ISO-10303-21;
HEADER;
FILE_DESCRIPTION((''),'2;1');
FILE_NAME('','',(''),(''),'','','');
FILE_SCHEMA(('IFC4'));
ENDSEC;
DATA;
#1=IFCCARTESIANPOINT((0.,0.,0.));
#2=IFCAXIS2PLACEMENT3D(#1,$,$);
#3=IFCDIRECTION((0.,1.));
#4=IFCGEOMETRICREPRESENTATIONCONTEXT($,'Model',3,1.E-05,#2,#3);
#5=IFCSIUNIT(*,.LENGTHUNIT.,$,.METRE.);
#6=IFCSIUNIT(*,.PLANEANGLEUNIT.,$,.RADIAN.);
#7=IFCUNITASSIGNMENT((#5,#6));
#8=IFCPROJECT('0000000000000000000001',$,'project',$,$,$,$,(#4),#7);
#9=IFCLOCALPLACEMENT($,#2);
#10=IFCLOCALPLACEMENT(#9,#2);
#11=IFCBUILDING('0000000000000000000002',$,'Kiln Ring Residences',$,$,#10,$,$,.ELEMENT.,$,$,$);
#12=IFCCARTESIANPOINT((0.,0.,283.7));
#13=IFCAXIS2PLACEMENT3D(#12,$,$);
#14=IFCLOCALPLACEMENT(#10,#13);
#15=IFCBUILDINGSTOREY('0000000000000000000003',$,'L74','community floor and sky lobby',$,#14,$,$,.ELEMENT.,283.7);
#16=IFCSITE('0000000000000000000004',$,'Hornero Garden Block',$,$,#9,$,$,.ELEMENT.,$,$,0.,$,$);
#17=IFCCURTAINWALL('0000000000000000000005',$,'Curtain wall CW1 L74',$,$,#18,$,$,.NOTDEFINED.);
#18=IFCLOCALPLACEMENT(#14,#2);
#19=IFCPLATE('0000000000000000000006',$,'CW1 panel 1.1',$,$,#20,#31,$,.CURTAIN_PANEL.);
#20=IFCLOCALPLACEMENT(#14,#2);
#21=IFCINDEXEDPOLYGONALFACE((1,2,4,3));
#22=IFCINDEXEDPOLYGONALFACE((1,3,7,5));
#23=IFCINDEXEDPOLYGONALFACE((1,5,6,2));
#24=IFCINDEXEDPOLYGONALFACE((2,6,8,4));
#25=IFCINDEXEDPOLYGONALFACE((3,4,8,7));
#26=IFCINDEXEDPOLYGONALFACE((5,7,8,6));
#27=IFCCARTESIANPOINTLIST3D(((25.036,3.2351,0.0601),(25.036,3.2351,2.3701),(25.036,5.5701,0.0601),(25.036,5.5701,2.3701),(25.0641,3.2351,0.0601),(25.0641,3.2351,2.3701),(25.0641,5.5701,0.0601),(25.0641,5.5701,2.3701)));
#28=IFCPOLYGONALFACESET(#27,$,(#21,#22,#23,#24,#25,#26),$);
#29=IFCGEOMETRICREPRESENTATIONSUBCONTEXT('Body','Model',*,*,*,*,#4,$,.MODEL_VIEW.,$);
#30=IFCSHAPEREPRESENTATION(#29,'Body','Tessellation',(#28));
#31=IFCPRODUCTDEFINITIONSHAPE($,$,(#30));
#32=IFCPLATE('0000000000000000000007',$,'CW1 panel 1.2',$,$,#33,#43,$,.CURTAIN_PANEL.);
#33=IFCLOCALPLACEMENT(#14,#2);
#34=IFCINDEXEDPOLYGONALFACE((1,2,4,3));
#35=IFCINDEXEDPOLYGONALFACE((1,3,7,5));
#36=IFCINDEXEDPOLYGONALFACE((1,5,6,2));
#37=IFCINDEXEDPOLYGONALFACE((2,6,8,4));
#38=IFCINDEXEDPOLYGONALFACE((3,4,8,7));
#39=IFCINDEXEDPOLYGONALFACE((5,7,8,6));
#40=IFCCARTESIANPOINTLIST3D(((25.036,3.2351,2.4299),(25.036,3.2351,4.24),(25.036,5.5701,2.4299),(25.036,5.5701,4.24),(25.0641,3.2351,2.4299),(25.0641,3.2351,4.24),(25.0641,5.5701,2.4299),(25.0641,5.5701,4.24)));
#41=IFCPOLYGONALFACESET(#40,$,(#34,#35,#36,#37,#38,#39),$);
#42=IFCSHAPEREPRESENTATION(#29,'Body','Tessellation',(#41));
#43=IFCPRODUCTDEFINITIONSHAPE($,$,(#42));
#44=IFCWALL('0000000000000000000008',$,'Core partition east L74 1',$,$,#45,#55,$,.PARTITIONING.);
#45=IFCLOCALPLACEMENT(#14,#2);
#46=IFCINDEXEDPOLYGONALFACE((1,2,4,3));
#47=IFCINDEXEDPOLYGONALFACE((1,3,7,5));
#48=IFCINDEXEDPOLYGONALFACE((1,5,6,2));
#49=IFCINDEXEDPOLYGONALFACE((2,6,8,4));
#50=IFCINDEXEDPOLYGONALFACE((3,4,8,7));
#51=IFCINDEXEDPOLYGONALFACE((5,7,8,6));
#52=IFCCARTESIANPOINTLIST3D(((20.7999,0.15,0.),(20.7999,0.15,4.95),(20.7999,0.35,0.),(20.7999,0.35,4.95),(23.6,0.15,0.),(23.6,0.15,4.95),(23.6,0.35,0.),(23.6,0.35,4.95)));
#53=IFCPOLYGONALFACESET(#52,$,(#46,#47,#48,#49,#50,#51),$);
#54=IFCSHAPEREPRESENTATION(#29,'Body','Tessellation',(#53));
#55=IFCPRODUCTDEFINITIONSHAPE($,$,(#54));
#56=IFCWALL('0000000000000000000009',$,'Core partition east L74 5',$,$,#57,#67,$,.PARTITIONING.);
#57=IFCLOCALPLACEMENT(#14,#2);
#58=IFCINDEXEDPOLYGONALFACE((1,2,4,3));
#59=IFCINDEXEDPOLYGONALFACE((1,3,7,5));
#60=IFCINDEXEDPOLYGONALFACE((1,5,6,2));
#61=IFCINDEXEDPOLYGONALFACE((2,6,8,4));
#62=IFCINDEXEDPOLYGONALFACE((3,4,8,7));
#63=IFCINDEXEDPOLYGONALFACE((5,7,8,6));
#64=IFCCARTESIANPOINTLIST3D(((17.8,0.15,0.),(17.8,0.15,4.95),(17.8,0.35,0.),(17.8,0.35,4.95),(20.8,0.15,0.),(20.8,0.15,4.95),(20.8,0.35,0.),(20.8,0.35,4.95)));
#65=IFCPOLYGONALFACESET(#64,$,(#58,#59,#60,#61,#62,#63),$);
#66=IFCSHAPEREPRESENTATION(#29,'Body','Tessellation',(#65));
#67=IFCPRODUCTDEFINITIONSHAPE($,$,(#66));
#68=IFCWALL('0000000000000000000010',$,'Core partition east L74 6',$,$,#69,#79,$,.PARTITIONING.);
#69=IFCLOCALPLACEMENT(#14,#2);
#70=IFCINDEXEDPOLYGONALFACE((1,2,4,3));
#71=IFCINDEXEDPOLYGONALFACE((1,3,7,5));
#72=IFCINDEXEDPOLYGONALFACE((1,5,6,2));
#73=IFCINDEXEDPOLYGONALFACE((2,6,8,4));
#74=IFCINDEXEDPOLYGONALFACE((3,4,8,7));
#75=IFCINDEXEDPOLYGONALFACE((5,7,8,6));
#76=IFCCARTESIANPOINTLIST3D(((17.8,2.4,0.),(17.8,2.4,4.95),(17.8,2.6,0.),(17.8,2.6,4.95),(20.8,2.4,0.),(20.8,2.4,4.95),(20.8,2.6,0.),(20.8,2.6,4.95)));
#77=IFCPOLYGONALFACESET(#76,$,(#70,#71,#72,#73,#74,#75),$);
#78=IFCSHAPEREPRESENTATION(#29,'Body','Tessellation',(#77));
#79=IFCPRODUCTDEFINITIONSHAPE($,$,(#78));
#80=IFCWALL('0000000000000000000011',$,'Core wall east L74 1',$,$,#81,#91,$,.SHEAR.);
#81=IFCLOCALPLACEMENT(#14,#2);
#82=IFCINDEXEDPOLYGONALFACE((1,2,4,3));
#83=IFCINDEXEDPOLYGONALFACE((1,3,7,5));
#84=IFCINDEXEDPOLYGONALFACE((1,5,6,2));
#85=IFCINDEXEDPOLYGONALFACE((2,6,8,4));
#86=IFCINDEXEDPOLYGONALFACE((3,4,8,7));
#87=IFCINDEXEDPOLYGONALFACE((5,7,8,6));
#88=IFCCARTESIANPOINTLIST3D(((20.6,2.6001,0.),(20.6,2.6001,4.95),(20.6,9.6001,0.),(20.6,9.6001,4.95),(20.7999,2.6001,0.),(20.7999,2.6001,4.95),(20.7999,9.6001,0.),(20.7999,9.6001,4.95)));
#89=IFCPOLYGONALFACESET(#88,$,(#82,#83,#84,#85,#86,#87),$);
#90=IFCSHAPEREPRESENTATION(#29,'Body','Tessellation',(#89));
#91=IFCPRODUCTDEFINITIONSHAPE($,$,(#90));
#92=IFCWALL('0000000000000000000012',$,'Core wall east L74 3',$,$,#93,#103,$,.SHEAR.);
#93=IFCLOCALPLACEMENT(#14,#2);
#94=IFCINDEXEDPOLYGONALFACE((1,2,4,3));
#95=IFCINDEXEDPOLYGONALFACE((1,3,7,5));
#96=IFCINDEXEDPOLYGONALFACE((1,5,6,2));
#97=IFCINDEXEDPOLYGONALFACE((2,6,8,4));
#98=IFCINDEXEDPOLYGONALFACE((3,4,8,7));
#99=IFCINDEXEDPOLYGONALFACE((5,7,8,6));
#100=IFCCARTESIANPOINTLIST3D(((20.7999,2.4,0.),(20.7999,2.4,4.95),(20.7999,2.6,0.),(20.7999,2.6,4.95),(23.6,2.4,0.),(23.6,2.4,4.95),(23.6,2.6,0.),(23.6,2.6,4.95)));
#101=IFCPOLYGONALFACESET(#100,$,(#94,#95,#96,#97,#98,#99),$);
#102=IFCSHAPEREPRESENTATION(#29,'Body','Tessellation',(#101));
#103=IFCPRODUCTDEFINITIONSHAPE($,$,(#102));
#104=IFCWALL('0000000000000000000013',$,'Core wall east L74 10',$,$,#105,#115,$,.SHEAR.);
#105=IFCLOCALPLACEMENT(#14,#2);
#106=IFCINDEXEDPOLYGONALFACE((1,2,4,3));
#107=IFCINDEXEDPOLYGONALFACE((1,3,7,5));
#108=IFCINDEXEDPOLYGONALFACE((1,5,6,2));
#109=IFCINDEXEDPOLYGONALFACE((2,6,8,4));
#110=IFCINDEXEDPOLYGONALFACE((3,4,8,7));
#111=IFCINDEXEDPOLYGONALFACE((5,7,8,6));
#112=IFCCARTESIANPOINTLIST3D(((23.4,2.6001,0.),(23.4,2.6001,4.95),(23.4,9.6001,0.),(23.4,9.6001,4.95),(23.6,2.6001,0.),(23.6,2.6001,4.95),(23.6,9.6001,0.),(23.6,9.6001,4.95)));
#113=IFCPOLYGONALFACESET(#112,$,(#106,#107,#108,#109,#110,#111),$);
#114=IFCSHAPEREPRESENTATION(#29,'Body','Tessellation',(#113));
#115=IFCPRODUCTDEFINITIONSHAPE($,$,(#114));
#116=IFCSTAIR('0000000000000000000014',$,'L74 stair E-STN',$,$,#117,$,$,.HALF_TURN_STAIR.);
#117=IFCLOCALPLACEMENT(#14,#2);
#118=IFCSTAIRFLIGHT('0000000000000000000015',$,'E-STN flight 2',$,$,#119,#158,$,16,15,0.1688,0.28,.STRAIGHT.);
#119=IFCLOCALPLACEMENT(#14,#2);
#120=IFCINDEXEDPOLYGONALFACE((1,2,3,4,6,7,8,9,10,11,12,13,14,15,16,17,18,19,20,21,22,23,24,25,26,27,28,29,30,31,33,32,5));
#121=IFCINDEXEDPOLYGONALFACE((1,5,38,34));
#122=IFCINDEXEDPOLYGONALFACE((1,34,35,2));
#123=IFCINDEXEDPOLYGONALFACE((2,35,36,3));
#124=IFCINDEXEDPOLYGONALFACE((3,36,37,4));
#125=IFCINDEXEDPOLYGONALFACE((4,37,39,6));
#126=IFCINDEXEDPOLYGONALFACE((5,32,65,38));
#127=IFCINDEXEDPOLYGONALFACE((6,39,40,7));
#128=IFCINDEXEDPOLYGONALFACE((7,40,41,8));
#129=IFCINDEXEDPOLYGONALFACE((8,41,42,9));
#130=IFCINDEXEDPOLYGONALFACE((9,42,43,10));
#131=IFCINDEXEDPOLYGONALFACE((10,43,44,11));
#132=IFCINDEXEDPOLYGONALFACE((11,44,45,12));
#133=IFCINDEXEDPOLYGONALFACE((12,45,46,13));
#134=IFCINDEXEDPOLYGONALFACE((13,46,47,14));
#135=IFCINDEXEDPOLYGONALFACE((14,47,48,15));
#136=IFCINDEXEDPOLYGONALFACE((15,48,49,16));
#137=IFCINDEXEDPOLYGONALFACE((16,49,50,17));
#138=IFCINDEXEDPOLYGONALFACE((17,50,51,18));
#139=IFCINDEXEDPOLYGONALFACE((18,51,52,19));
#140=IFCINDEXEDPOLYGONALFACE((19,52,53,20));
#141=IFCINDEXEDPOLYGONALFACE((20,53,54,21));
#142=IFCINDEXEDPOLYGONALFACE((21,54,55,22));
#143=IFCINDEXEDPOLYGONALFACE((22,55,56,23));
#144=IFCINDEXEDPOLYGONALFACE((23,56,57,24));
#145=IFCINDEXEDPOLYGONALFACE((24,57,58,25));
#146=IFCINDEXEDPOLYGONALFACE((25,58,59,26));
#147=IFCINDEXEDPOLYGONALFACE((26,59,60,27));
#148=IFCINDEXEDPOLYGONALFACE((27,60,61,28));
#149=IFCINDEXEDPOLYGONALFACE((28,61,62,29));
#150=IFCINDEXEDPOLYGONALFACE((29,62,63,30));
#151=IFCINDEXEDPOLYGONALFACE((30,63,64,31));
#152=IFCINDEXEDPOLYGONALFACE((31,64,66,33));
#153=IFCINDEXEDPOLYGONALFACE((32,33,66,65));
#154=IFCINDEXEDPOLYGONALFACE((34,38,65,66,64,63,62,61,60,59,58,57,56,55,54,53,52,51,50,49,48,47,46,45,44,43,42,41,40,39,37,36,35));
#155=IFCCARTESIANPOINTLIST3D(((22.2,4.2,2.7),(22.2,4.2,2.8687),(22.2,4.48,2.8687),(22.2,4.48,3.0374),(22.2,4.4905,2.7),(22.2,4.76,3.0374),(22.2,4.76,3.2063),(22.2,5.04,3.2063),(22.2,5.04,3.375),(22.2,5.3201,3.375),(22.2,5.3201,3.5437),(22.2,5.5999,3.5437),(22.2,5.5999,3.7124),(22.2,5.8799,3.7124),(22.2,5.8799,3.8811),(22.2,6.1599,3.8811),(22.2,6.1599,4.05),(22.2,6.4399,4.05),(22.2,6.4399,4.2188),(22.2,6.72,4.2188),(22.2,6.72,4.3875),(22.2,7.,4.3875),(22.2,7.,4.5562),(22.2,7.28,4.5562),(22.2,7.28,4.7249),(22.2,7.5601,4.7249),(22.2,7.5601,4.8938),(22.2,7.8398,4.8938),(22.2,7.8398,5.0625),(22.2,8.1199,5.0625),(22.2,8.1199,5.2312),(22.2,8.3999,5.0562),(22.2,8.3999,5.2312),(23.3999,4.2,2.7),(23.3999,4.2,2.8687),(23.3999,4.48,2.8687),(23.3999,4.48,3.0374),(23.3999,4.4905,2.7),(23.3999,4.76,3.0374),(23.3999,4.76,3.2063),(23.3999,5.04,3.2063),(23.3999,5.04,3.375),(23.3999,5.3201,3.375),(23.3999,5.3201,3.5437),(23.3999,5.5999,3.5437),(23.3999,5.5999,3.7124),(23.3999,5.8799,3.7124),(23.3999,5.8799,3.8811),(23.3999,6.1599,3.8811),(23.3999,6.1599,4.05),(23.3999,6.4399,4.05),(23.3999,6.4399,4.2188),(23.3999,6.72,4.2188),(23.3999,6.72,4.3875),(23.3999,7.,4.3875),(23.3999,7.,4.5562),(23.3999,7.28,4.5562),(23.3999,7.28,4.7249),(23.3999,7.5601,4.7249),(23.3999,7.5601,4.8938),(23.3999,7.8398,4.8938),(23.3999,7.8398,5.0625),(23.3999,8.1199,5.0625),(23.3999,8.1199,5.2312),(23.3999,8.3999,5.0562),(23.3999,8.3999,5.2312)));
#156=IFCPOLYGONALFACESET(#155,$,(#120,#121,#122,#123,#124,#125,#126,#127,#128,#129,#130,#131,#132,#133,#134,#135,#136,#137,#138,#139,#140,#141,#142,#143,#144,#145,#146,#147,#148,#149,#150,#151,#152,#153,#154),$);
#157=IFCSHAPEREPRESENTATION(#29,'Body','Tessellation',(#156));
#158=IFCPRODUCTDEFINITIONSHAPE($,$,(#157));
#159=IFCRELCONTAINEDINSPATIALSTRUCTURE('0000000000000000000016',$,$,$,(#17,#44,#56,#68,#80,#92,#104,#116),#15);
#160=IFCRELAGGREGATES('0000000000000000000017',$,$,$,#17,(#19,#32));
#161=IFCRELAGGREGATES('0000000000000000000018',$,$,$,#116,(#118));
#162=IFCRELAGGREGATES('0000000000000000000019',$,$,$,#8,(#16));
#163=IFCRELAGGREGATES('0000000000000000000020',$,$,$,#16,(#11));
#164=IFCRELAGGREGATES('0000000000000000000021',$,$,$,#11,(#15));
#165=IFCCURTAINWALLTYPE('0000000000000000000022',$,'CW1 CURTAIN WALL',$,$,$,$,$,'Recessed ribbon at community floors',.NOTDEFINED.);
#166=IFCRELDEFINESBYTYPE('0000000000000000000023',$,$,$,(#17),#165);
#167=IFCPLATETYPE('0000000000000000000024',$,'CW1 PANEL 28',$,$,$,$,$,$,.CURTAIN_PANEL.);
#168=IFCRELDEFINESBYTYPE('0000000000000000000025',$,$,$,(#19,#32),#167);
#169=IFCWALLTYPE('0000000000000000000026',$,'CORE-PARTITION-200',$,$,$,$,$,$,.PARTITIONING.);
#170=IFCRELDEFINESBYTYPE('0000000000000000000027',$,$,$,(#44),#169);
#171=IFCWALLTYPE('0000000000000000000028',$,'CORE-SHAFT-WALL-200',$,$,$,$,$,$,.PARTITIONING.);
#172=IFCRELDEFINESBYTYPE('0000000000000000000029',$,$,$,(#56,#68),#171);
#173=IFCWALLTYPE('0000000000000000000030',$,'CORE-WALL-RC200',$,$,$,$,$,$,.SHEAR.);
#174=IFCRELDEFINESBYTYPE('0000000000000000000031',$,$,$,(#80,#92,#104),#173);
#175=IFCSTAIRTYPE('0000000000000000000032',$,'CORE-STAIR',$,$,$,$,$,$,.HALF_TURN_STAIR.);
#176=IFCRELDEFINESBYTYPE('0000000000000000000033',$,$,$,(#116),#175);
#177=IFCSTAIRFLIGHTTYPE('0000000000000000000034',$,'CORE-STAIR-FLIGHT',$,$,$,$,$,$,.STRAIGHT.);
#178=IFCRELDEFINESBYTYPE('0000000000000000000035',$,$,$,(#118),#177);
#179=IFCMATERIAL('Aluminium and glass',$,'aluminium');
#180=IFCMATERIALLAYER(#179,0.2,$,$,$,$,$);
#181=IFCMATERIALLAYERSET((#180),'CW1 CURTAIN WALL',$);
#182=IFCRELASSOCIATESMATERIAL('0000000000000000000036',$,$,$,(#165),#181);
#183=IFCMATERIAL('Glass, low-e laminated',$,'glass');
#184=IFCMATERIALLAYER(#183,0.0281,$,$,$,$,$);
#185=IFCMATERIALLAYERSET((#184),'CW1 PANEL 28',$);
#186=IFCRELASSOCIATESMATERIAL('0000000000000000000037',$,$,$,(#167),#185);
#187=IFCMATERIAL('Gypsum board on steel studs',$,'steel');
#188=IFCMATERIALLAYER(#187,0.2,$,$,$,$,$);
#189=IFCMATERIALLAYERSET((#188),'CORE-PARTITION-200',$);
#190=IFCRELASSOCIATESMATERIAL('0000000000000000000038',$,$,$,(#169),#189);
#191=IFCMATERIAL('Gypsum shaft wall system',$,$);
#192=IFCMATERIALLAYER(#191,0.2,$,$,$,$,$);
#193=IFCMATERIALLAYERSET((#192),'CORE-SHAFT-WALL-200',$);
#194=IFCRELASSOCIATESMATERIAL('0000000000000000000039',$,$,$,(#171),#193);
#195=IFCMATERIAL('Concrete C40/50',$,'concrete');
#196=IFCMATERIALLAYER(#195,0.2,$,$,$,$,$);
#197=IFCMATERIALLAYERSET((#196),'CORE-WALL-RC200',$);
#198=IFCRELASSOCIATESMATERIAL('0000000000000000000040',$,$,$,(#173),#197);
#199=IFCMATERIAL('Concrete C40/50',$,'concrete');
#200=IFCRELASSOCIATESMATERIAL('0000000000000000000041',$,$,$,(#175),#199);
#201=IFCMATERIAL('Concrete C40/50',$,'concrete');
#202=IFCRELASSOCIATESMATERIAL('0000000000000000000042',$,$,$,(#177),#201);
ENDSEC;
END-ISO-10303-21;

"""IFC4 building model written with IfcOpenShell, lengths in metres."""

from ifc_helpers import new_model, si_unit, direction, frame, frame_2d, origin, origin_2d, place, context, subcontext, project, spatial, polyline, rectangle, outline, extrude, material, layer, layer_set, type_object, element, aggregate, save


model = new_model("IFC4")

# Units and contexts
model_context = context("Model", 3, precision=1e-05, world=origin(), true_north=direction((0.0, 1.0)))
body_context = subcontext(model_context, "Body", "Model", "MODEL_VIEW")
ifc_project = project(units=[si_unit("LENGTHUNIT", "METRE"), si_unit("PLANEANGLEUNIT", "RADIAN")], contexts=[model_context])

# Site, building, storey
site_placement = place(None, origin())
site = spatial("IfcSite", under=ifc_project, at=site_placement, Name="Hornero Garden Block", CompositionType="ELEMENT", RefElevation=0.0)
building_placement = place(site_placement, origin())
building = spatial("IfcBuilding", under=site, at=building_placement, Name="Kiln Ring Residences", CompositionType="ELEMENT")
storey_placement = place(building_placement, frame((0.0, 0.0, 283.7)))
storey = spatial("IfcBuildingStorey", under=building, at=storey_placement, Name="L74", Description="community floor and sky lobby", CompositionType="ELEMENT", Elevation=283.7)

# Curtain wall
ifc_material_1 = material(Name="Aluminium and glass", Category="aluminium")
ifc_layer_1 = layer(ifc_material_1, 0.2)
ifc_layer_set_1 = layer_set([ifc_layer_1], Name="CW1 CURTAIN WALL")
curtain_wall_type = type_object("IfcCurtainWallType", Name="CW1 CURTAIN WALL", ElementType="Recessed ribbon at community floors", PredefinedType="NOTDEFINED", material=ifc_layer_set_1)
placement = place(storey_placement, origin())
curtain_wall_1 = element("IfcCurtainWall", 1, at=placement, inside=storey, type_object=curtain_wall_type, Name="Curtain wall CW1 L74", PredefinedType="NOTDEFINED")

# Plates
ifc_material_2 = material(Name="Glass, low-e laminated", Category="glass")
ifc_layer_2 = layer(ifc_material_2, 0.0281)
ifc_layer_set_2 = layer_set([ifc_layer_2], Name="CW1 PANEL 28")
plate_type = type_object("IfcPlateType", Name="CW1 PANEL 28", PredefinedType="CURTAIN_PANEL", material=ifc_layer_set_2)
plate_1_placement = place(storey_placement, frame((25.05, 4.4026, 0.0601), z_axis=(0.0, 0.0, 1.0), x_axis=(0.0, 1.0, 0.0)))
plate_1 = element("IfcPlate", 2, at=plate_1_placement, type_object=plate_type, Name="CW1 panel 1.1", PredefinedType="CURTAIN_PANEL", context=body_context, shape_type="SweptSolid", body=[
    extrude(rectangle(XDim=2.335, YDim=0.0281, at=origin_2d()), origin(), (0.0, 0.0, 1.0), 2.3101),
])
plate_2_placement = place(storey_placement, frame((25.05, 4.4026, 2.4299), z_axis=(0.0, 0.0, 1.0), x_axis=(0.0, 1.0, 0.0)))
plate_2 = element("IfcPlate", 3, at=plate_2_placement, type_object=plate_type, Name="CW1 panel 1.2", PredefinedType="CURTAIN_PANEL", context=body_context, shape_type="SweptSolid", body=[
    extrude(rectangle(XDim=2.335, YDim=0.0281, at=origin_2d()), origin(), (0.0, 0.0, 1.0), 1.8101),
])
aggregate(curtain_wall_1, [plate_1, plate_2])

# Walls
ifc_material_3 = material(Name="Gypsum board on steel studs", Category="steel")
ifc_layer_3 = layer(ifc_material_3, 0.2)
ifc_layer_set_3 = layer_set([ifc_layer_3], Name="CORE-PARTITION-200")
wall_type_1 = type_object("IfcWallType", Name="CORE-PARTITION-200", PredefinedType="PARTITIONING", material=ifc_layer_set_3)
wall_1_placement = place(storey_placement, frame((20.8, 0.25, 0.0), z_axis=(0.0, 0.0, 1.0), x_axis=(1.0, 0.0, 0.0)))
element("IfcWall", 4, at=wall_1_placement, inside=storey, type_object=wall_type_1, Name="Core partition east L74 1", PredefinedType="PARTITIONING", context=body_context, shape_type="SweptSolid", body=[
    extrude(rectangle(XDim=2.8, YDim=0.2, at=frame_2d((1.3999, 0.0))), origin(), (0.0, 0.0, 1.0), 4.95),
])
ifc_material_4 = material(Name="Gypsum shaft wall system")
ifc_layer_4 = layer(ifc_material_4, 0.2)
ifc_layer_set_4 = layer_set([ifc_layer_4], Name="CORE-SHAFT-WALL-200")
wall_type_2 = type_object("IfcWallType", Name="CORE-SHAFT-WALL-200", PredefinedType="PARTITIONING", material=ifc_layer_set_4)
for number, where, z_axis, x_axis, name in (
    (5, (17.8, 0.25, 0.0), (0.0, 0.0, 1.0), (1.0, 0.0, 0.0), "Core partition east L74 5"),
    (6, (17.8, 2.5, 0.0), (0.0, 0.0, 1.0), (1.0, 0.0, 0.0), "Core partition east L74 6"),
):
    element("IfcWall", number, at=place(storey_placement, frame(where, z_axis=z_axis, x_axis=x_axis)), inside=storey, type_object=wall_type_2, Name=name, PredefinedType="PARTITIONING", context=body_context, shape_type="SweptSolid", body=[
        extrude(rectangle(XDim=3.0, YDim=0.2, at=frame_2d((1.5, 0.0))), origin(), (0.0, 0.0, 1.0), 4.95),
    ])
ifc_material_5 = material(Name="Concrete C40/50", Category="concrete")
ifc_layer_5 = layer(ifc_material_5, 0.2)
ifc_layer_set_5 = layer_set([ifc_layer_5], Name="CORE-WALL-RC200")
wall_type_3 = type_object("IfcWallType", Name="CORE-WALL-RC200", PredefinedType="SHEAR", material=ifc_layer_set_5)
wall_2_placement = place(storey_placement, frame((20.7, 2.6001, 0.0), z_axis=(0.0, 0.0, 1.0), x_axis=(0.0, 1.0, 0.0)))
element("IfcWall", 7, at=wall_2_placement, inside=storey, type_object=wall_type_3, Name="Core wall east L74 1", PredefinedType="SHEAR", context=body_context, shape_type="SweptSolid", body=[
    extrude(rectangle(XDim=7.0, YDim=0.2, at=frame_2d((3.5, 0.0))), origin(), (0.0, 0.0, 1.0), 4.95),
])
wall_3_placement = place(storey_placement, frame((20.8, 2.5, 0.0), z_axis=(0.0, 0.0, 1.0), x_axis=(1.0, 0.0, 0.0)))
element("IfcWall", 8, at=wall_3_placement, inside=storey, type_object=wall_type_3, Name="Core wall east L74 3", PredefinedType="SHEAR", context=body_context, shape_type="SweptSolid", body=[
    extrude(rectangle(XDim=2.8, YDim=0.2, at=frame_2d((1.3999, 0.0))), origin(), (0.0, 0.0, 1.0), 4.95),
])
wall_4_placement = place(storey_placement, frame((23.5, 2.6001, 0.0), z_axis=(0.0, 0.0, 1.0), x_axis=(0.0, 1.0, 0.0)))
element("IfcWall", 9, at=wall_4_placement, inside=storey, type_object=wall_type_3, Name="Core wall east L74 10", PredefinedType="SHEAR", context=body_context, shape_type="SweptSolid", body=[
    extrude(rectangle(XDim=7.0, YDim=0.2, at=frame_2d((3.5, 0.0))), origin(), (0.0, 0.0, 1.0), 4.95),
])

# Stair, stair flight
ifc_material_6 = material(Name="Concrete C40/50", Category="concrete")
stair_type = type_object("IfcStairType", Name="CORE-STAIR", PredefinedType="HALF_TURN_STAIR", material=ifc_material_6)
stair = element("IfcStair", 10, at=placement, inside=storey, type_object=stair_type, Name="L74 stair E-STN", PredefinedType="HALF_TURN_STAIR")
ifc_material_7 = material(Name="Concrete C40/50", Category="concrete")
stair_flight_type = type_object("IfcStairFlightType", Name="CORE-STAIR-FLIGHT", PredefinedType="STRAIGHT", material=ifc_material_7)
stair_flight_placement = place(storey_placement, frame((22.8, 4.2, 2.7), z_axis=(0.0, 0.0, 1.0), x_axis=(0.0, 1.0, 0.0)))
stair_flight = element("IfcStairFlight", 11, at=stair_flight_placement, type_object=stair_flight_type, Name="E-STN flight 2", NumberOfRisers=16, NumberOfTreads=15, PredefinedType="STRAIGHT", RiserHeight=0.1688, TreadLength=0.28, context=body_context, shape_type="SweptSolid", body=[
    extrude(outline(polyline([(0.0, 0.0), (0.0, 0.1687), (0.28, 0.1687), (0.28, 0.3374), (0.5601, 0.3374), (0.5601, 0.5063), (0.8401, 0.5063), (0.8401, 0.675), (1.1201, 0.675), (1.1201, 0.8438), (1.3999, 0.8438), (1.3999, 1.0125), (1.6799, 1.0125), (1.6799, 1.1812), (1.96, 1.1812), (1.96, 1.3501), (2.24, 1.3501), (2.24, 1.5188), (2.52, 1.5188), (2.52, 1.6875), (2.8, 1.6875), (2.8, 1.8562), (3.0801, 1.8562), (3.0801, 2.0249), (3.3601, 2.0249), (3.3601, 2.1938), (3.6399, 2.1938), (3.6399, 2.3625), (3.9199, 2.3625), (3.9199, 2.5312), (4.2, 2.5312), (4.2, 2.7), (4.2, 2.3562), (0.2905, 0.0), (0.0, 0.0)])), frame((0.0, 0.6001, 0.0), z_axis=(0.0, -1.0, 0.0), x_axis=(1.0, 0.0, 0.0)), (0.0, 0.0, 1.0), 1.2),
])
aggregate(stair, [stair_flight])

save(model, "model.ifc")
